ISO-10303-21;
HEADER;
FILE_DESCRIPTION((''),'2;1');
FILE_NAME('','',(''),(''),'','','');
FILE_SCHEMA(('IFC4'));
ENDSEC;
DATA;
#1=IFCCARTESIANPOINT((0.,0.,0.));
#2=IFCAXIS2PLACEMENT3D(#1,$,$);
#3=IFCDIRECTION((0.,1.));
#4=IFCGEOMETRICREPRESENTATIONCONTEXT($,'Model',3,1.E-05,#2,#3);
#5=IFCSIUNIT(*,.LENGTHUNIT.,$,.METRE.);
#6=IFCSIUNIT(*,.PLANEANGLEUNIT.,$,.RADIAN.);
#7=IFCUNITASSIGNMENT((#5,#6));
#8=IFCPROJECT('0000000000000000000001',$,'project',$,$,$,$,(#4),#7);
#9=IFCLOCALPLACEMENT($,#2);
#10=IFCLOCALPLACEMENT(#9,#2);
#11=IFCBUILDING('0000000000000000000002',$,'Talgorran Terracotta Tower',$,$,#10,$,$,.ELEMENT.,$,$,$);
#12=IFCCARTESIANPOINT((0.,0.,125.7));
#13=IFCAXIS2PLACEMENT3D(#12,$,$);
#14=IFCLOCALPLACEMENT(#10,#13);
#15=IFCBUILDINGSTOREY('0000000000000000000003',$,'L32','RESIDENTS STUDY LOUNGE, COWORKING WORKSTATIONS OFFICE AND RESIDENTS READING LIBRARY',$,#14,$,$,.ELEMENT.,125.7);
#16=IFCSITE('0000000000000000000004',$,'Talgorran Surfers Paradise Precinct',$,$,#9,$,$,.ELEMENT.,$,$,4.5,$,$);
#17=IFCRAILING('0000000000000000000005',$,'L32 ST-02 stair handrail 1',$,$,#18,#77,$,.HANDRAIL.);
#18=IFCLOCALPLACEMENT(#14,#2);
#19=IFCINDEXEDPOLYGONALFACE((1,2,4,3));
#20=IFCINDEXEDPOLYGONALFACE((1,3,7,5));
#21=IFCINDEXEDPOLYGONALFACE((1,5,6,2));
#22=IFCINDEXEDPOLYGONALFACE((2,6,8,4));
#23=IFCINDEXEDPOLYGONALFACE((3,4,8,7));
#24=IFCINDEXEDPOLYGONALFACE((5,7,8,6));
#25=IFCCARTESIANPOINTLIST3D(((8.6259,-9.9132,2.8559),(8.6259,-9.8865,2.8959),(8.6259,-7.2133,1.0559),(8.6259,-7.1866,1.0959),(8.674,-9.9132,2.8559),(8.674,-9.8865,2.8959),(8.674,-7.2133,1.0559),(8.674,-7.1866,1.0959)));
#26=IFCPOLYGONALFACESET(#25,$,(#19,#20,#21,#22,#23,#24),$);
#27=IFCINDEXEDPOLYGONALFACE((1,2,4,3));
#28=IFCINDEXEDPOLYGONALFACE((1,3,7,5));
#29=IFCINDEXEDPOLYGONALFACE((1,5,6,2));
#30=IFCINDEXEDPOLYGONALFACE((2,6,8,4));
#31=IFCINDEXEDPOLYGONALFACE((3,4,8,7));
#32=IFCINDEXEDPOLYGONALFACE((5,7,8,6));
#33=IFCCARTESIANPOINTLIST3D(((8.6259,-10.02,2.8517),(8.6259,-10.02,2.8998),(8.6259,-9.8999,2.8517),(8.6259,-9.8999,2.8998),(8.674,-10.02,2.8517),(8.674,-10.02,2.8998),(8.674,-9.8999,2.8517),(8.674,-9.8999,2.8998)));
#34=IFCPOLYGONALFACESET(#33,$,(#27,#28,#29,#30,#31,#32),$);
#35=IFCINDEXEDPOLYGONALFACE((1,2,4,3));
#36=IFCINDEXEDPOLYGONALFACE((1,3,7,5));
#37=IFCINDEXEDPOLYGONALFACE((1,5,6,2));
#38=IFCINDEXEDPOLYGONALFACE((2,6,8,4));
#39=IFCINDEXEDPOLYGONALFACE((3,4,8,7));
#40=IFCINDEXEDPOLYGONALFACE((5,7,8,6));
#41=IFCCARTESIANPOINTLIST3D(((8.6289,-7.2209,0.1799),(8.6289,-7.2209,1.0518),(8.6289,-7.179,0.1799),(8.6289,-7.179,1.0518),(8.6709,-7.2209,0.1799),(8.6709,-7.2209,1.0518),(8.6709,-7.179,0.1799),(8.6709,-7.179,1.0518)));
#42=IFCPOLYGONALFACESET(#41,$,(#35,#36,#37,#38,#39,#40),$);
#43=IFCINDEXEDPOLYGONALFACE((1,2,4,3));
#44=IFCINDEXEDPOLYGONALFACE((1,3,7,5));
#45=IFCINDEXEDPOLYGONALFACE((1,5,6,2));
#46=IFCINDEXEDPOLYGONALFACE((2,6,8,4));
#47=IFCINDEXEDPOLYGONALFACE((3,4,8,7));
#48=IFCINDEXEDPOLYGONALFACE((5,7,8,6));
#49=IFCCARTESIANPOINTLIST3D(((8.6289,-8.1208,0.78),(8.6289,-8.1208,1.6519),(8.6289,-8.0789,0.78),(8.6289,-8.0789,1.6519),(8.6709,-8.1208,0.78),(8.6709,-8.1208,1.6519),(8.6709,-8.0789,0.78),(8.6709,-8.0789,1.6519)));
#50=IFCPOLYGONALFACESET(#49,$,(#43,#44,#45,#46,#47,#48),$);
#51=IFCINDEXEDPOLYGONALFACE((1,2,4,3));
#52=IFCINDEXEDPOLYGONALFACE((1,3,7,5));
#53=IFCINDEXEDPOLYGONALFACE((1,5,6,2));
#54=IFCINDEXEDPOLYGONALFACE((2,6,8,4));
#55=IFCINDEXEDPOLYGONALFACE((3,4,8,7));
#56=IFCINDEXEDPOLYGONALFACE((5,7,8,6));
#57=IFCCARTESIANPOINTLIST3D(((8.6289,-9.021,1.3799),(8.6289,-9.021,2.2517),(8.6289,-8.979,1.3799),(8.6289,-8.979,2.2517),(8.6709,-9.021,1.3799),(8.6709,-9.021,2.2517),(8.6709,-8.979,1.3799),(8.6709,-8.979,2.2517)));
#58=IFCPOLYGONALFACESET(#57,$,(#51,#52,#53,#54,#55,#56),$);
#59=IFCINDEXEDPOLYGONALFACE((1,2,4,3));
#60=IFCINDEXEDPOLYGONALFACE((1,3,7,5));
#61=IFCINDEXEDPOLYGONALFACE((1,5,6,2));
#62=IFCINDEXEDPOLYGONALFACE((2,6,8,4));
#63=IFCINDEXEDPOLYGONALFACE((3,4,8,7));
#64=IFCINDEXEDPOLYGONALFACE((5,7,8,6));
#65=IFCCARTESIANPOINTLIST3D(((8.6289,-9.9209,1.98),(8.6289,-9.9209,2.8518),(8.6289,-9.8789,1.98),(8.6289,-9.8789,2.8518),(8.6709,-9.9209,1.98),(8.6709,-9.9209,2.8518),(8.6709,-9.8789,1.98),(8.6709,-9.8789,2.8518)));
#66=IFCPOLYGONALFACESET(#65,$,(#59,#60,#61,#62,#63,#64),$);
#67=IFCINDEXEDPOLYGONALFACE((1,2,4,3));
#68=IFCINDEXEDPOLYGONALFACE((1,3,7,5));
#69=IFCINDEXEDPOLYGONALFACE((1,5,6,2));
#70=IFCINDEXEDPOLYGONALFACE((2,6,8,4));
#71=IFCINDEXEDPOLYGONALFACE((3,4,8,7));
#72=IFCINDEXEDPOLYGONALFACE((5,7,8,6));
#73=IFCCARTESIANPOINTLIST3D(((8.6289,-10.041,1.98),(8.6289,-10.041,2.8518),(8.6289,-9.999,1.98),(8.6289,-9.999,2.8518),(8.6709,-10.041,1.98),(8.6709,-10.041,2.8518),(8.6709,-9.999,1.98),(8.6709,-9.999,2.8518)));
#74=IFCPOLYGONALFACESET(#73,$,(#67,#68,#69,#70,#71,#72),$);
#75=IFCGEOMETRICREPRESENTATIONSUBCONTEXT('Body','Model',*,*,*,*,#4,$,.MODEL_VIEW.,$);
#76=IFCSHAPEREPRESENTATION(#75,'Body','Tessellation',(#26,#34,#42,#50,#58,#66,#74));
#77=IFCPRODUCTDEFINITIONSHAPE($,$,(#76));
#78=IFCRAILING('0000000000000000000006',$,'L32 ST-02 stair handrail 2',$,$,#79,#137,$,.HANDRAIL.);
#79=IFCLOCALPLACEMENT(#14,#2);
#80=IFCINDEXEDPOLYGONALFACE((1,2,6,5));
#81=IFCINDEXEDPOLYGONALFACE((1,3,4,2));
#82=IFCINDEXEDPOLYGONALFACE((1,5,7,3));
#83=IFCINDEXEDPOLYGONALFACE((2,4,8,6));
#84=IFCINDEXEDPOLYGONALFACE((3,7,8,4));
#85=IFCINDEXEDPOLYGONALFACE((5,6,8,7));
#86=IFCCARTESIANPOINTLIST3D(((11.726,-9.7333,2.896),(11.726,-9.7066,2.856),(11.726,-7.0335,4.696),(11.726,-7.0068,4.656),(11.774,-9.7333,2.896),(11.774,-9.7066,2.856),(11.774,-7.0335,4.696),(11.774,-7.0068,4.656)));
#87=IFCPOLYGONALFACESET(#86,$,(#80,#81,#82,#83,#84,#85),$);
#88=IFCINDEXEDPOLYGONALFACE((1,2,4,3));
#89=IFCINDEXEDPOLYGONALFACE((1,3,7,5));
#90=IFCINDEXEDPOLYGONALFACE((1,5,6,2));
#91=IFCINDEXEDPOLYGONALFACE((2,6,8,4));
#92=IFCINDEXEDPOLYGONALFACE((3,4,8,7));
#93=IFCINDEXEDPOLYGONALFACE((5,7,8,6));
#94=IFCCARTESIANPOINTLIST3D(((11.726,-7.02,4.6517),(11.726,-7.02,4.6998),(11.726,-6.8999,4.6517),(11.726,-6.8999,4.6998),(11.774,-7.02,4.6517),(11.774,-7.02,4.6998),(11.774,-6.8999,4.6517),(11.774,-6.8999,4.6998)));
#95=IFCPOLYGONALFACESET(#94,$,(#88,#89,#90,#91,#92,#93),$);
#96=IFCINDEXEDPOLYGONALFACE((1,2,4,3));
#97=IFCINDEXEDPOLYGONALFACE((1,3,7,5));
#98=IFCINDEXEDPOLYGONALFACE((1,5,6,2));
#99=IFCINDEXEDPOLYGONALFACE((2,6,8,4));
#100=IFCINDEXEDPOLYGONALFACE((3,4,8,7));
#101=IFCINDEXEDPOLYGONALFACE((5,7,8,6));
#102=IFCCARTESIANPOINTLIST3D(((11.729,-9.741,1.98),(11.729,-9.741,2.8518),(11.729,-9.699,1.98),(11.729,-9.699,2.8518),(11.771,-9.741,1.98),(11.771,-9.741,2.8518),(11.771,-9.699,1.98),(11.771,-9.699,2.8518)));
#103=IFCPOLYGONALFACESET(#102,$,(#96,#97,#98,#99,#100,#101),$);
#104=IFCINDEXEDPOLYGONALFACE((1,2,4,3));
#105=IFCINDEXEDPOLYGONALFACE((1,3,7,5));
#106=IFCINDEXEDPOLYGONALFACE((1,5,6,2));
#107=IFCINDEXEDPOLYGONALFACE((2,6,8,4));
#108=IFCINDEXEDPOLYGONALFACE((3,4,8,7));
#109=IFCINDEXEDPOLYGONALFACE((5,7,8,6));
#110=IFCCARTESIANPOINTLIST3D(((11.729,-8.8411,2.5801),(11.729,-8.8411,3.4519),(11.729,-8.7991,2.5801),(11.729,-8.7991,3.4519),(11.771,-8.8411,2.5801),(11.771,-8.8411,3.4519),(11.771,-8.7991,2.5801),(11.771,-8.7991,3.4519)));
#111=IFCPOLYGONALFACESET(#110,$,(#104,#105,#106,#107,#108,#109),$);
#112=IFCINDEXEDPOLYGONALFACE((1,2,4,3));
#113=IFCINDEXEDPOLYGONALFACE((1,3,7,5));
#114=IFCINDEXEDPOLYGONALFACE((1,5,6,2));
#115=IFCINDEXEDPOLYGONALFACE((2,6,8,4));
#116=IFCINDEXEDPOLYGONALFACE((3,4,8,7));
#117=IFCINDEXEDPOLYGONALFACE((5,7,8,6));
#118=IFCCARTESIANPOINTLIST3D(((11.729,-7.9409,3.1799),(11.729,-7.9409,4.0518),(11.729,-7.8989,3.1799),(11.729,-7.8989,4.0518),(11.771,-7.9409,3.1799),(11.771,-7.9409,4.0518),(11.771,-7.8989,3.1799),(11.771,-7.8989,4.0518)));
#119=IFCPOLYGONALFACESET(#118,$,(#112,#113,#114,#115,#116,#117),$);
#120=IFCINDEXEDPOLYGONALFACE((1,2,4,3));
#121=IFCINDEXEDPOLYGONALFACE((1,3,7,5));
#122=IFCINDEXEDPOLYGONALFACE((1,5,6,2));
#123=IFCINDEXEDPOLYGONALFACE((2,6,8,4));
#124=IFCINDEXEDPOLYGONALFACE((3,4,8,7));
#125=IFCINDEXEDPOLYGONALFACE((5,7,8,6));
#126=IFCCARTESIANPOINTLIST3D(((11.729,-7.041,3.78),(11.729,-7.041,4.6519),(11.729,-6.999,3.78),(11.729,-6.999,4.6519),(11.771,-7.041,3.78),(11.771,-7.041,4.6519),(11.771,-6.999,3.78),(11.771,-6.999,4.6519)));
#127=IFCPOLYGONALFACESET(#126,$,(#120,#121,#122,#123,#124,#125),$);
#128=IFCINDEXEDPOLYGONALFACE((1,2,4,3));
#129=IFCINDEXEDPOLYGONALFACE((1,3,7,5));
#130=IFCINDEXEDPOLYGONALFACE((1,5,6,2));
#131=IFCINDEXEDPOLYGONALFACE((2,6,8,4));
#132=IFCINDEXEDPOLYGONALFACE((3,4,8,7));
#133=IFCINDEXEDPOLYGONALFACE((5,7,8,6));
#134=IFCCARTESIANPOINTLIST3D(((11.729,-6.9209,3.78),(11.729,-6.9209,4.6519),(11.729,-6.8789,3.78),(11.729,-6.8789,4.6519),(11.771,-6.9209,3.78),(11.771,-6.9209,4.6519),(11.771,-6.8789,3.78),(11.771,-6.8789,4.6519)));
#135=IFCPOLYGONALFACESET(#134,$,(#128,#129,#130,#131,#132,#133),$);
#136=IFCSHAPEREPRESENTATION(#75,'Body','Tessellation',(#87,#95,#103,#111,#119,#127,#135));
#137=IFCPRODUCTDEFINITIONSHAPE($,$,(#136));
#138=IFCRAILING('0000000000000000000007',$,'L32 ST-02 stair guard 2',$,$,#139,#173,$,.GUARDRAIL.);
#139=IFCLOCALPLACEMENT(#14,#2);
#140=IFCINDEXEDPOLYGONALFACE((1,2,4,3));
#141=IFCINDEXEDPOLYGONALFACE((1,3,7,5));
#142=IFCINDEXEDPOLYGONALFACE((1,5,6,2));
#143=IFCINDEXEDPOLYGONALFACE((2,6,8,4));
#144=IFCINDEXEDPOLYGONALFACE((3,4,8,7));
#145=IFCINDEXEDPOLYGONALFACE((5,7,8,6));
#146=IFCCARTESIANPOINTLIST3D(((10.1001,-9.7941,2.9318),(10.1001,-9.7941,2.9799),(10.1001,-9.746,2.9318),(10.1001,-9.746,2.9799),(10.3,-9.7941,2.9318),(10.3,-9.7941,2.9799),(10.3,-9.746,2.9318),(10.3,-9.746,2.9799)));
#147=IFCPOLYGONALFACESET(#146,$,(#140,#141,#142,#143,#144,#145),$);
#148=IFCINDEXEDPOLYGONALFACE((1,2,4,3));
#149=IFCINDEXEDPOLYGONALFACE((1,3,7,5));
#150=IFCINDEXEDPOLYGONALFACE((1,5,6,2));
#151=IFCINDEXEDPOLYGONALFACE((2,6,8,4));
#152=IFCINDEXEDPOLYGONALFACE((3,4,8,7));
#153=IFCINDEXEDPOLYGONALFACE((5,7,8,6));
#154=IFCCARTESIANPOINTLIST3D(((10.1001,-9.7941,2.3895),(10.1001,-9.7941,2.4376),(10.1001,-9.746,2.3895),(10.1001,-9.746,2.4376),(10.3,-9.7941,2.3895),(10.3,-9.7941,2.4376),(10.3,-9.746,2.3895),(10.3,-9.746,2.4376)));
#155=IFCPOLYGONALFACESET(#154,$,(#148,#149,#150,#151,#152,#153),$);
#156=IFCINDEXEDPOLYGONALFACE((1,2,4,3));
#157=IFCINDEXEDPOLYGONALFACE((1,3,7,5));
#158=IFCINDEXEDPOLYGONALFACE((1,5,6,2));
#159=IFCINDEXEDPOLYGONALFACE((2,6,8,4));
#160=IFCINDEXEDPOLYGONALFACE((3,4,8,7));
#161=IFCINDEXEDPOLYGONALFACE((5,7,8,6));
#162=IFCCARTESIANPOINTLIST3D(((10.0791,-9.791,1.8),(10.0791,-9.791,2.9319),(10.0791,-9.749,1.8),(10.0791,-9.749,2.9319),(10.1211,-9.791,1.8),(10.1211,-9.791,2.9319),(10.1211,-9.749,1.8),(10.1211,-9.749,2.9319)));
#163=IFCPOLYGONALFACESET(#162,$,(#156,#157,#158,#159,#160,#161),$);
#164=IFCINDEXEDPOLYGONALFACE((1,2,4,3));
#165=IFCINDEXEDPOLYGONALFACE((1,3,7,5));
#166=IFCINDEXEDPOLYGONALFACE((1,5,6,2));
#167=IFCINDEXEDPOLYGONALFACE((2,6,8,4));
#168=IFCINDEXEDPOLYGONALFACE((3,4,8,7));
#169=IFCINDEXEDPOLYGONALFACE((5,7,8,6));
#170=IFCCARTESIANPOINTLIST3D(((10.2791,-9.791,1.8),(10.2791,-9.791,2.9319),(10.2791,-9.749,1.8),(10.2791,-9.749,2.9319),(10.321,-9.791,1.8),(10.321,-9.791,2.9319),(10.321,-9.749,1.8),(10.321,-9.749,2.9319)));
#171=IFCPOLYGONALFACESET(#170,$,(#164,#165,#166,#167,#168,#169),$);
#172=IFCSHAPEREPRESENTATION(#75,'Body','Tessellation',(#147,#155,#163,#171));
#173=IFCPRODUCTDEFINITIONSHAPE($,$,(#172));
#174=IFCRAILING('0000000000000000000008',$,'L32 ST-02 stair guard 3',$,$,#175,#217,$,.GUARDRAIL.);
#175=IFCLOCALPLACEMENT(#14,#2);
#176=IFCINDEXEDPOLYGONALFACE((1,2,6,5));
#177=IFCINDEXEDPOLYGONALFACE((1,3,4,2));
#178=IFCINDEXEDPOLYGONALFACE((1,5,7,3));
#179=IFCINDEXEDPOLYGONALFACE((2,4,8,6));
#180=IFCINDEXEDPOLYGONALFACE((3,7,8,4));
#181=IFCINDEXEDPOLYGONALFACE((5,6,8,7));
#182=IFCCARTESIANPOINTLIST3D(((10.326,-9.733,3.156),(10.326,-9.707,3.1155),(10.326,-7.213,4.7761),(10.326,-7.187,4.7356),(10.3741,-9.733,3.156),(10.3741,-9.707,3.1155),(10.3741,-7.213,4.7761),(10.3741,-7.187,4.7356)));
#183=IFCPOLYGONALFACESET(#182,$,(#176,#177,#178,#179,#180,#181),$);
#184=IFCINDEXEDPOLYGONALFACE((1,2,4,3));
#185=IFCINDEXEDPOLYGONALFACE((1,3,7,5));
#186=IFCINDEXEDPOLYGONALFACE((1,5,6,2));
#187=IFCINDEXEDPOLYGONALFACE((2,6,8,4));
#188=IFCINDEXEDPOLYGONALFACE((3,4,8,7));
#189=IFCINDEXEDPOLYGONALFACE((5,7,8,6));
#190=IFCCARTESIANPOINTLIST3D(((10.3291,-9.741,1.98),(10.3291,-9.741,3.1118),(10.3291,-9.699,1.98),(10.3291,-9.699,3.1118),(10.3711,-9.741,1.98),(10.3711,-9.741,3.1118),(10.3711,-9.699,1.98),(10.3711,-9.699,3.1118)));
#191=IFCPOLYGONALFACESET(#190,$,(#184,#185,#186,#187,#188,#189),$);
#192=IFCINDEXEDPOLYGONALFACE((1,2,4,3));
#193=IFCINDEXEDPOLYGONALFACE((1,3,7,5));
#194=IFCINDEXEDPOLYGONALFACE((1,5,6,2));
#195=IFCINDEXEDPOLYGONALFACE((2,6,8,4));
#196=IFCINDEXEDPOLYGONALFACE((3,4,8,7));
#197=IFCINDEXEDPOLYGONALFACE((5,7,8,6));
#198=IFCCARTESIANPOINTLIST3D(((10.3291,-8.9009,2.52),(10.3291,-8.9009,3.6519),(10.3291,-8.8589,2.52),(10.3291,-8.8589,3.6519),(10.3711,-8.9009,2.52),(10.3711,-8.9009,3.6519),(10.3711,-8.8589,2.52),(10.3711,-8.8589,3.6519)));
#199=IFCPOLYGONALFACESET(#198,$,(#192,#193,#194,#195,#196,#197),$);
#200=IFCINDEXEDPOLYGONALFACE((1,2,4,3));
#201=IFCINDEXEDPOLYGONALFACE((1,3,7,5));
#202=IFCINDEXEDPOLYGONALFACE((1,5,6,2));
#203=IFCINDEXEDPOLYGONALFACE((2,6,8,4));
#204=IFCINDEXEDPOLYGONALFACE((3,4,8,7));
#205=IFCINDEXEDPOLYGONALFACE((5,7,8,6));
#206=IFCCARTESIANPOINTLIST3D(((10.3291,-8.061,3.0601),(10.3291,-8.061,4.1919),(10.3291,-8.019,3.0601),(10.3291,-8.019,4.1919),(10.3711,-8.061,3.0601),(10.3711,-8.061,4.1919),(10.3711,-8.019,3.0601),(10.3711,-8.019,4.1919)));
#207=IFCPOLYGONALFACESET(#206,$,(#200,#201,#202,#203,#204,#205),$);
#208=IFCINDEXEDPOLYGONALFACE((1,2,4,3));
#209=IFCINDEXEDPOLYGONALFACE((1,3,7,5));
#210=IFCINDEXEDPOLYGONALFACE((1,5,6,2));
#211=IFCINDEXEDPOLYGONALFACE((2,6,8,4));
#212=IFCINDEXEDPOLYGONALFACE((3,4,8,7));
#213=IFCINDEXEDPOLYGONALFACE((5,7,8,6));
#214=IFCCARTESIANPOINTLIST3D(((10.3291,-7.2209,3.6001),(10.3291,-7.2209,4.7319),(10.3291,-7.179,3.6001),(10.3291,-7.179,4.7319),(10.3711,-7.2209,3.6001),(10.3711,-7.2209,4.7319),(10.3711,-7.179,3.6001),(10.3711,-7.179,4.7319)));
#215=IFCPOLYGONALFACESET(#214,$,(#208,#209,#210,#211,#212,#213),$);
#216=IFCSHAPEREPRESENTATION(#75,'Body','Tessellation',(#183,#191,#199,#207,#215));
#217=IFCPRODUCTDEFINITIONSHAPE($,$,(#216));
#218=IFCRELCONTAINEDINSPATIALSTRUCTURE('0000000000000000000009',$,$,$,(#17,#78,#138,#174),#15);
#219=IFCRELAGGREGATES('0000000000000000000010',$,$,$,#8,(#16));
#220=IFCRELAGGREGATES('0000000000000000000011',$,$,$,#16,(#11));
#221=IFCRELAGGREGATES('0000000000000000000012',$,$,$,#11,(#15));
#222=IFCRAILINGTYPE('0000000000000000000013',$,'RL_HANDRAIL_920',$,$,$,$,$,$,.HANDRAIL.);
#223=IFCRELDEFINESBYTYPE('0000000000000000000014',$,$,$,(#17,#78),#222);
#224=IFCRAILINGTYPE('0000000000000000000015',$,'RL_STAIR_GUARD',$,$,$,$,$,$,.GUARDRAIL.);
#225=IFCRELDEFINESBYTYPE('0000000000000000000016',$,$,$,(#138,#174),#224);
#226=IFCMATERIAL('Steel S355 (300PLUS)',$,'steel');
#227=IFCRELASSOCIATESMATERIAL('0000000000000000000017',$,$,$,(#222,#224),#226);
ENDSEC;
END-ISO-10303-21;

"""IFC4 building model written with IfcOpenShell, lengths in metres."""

from ifc_helpers import new_model, si_unit, direction, frame, origin, origin_2d, place, context, subcontext, project, spatial, rectangle, extrude, material, type_object, element, save


model = new_model("IFC4")

# Units and contexts
model_context = context("Model", 3, precision=1e-05, world=origin(), true_north=direction((0.0, 1.0)))
body_context = subcontext(model_context, "Body", "Model", "MODEL_VIEW")
ifc_project = project(units=[si_unit("LENGTHUNIT", "METRE"), si_unit("PLANEANGLEUNIT", "RADIAN")], contexts=[model_context])

# Site, building, storey
site_placement = place(None, origin())
site = spatial("IfcSite", under=ifc_project, at=site_placement, Name="Talgorran Surfers Paradise Precinct", CompositionType="ELEMENT", RefElevation=4.5)
building_placement = place(site_placement, origin())
building = spatial("IfcBuilding", under=site, at=building_placement, Name="Talgorran Terracotta Tower", CompositionType="ELEMENT")
storey_placement = place(building_placement, frame((0.0, 0.0, 125.7)))
storey = spatial("IfcBuildingStorey", under=building, at=storey_placement, Name="L32", Description="RESIDENTS STUDY LOUNGE, COWORKING WORKSTATIONS OFFICE AND RESIDENTS READING LIBRARY", CompositionType="ELEMENT", Elevation=125.7)

# Shared definitions
ifc_material_1 = material(Name="Steel S355 (300PLUS)", Category="steel")

# Railings
railing_type_1 = type_object("IfcRailingType", Name="RL_HANDRAIL_920", PredefinedType="HANDRAIL", material=ifc_material_1)
railing_1_placement = place(storey_placement, frame((8.6499, -7.2, 0.1799)))
element("IfcRailing", 1, at=railing_1_placement, inside=storey, type_object=railing_type_1, Name="L32 ST-02 stair handrail 1", PredefinedType="HANDRAIL", context=body_context, shape_type="SweptSolid", body=[
    extrude(rectangle(XDim=0.0481, YDim=0.0481, at=origin_2d()), frame((0.0, 0.0, 0.896), z_axis=(0.0, -0.832039, 0.554718), x_axis=(1.0, 0.0, 0.0)), (0.0, 0.0, 1.0), 3.2449),
    extrude(rectangle(XDim=0.0481, YDim=0.0481, at=origin_2d()), frame((0.0, -2.7, 2.6958), z_axis=(0.0, -1.0, 0.0), x_axis=(1.0, 0.0, 0.0)), (0.0, 0.0, 1.0), 0.1201),
    extrude(rectangle(XDim=0.042, YDim=0.042, at=origin_2d()), origin(), (0.0, 0.0, 1.0), 0.8718),
    extrude(rectangle(XDim=0.042, YDim=0.042, at=origin_2d()), frame((0.0, -0.8999, 0.6001)), (0.0, 0.0, 1.0), 0.8718),
    extrude(rectangle(XDim=0.042, YDim=0.042, at=origin_2d()), frame((0.0, -1.8, 1.2)), (0.0, 0.0, 1.0), 0.8718),
    extrude(rectangle(XDim=0.042, YDim=0.042, at=origin_2d()), frame((0.0, -2.7, 1.8)), (0.0, 0.0, 1.0), 0.8718),
    extrude(rectangle(XDim=0.042, YDim=0.042, at=origin_2d()), frame((0.0, -2.8201, 1.8)), (0.0, 0.0, 1.0), 0.8718),
])
railing_2_placement = place(storey_placement, frame((11.75, -9.72, 1.98)))
element("IfcRailing", 2, at=railing_2_placement, inside=storey, type_object=railing_type_1, Name="L32 ST-02 stair handrail 2", PredefinedType="HANDRAIL", context=body_context, shape_type="SweptSolid", body=[
    extrude(rectangle(XDim=0.0481, YDim=0.0481, at=origin_2d()), frame((0.0, 0.0, 0.896), z_axis=(0.0, 0.832039, 0.554718), x_axis=(-1.0, 0.0, 0.0)), (0.0, 0.0, 1.0), 3.2449),
    extrude(rectangle(XDim=0.0481, YDim=0.0481, at=origin_2d()), frame((0.0, 2.7, 2.6958), z_axis=(0.0, 1.0, 0.0), x_axis=(-1.0, 0.0, 0.0)), (0.0, 0.0, 1.0), 0.1201),
    extrude(rectangle(XDim=0.042, YDim=0.042, at=origin_2d()), origin(), (0.0, 0.0, 1.0), 0.8718),
    extrude(rectangle(XDim=0.042, YDim=0.042, at=origin_2d()), frame((0.0, 0.8999, 0.6001)), (0.0, 0.0, 1.0), 0.8718),
    extrude(rectangle(XDim=0.042, YDim=0.042, at=origin_2d()), frame((0.0, 1.8, 1.2)), (0.0, 0.0, 1.0), 0.8718),
    extrude(rectangle(XDim=0.042, YDim=0.042, at=origin_2d()), frame((0.0, 2.7, 1.8)), (0.0, 0.0, 1.0), 0.8718),
    extrude(rectangle(XDim=0.042, YDim=0.042, at=origin_2d()), frame((0.0, 2.8201, 1.8)), (0.0, 0.0, 1.0), 0.8718),
])
railing_type_2 = type_object("IfcRailingType", Name="RL_STAIR_GUARD", PredefinedType="GUARDRAIL", material=ifc_material_1)
railing_3_placement = place(storey_placement, frame((10.1001, -9.77, 1.8)))
element("IfcRailing", 3, at=railing_3_placement, inside=storey, type_object=railing_type_2, Name="L32 ST-02 stair guard 2", PredefinedType="GUARDRAIL", context=body_context, shape_type="SweptSolid", body=[
    extrude(rectangle(XDim=0.0481, YDim=0.0481, at=origin_2d()), frame((0.0, 0.0, 1.1558), z_axis=(1.0, 0.0, 0.0), x_axis=(0.0, 1.0, 0.0)), (0.0, 0.0, 1.0), 0.2),
    extrude(rectangle(XDim=0.0481, YDim=0.0481, at=origin_2d()), frame((0.0, 0.0, 0.6135), z_axis=(1.0, 0.0, 0.0), x_axis=(0.0, 1.0, 0.0)), (0.0, 0.0, 1.0), 0.2),
    extrude(rectangle(XDim=0.042, YDim=0.042, at=origin_2d()), origin(), (0.0, 0.0, 1.0), 1.1318),
    extrude(rectangle(XDim=0.042, YDim=0.042, at=origin_2d()), frame((0.2, 0.0, 0.0)), (0.0, 0.0, 1.0), 1.1318),
])
railing_4_placement = place(storey_placement, frame((10.3501, -9.72, 1.98)))
element("IfcRailing", 4, at=railing_4_placement, inside=storey, type_object=railing_type_2, Name="L32 ST-02 stair guard 3", PredefinedType="GUARDRAIL", context=body_context, shape_type="SweptSolid", body=[
    extrude(rectangle(XDim=0.0481, YDim=0.0481, at=origin_2d()), frame((0.0, 0.0, 1.1558), z_axis=(0.0, 0.841163, 0.540782), x_axis=(-1.0, 0.0, 0.0)), (0.0, 0.0, 1.0), 2.9958),
    extrude(rectangle(XDim=0.042, YDim=0.042, at=origin_2d()), origin(), (0.0, 0.0, 1.0), 1.1318),
    extrude(rectangle(XDim=0.042, YDim=0.042, at=origin_2d()), frame((0.0, 0.8401, 0.54)), (0.0, 0.0, 1.0), 1.1318),
    extrude(rectangle(XDim=0.042, YDim=0.042, at=origin_2d()), frame((0.0, 1.6799, 1.0801)), (0.0, 0.0, 1.0), 1.1318),
    extrude(rectangle(XDim=0.042, YDim=0.042, at=origin_2d()), frame((0.0, 2.52, 1.6201)), (0.0, 0.0, 1.0), 1.1318),
])

save(model, "model.ifc")
